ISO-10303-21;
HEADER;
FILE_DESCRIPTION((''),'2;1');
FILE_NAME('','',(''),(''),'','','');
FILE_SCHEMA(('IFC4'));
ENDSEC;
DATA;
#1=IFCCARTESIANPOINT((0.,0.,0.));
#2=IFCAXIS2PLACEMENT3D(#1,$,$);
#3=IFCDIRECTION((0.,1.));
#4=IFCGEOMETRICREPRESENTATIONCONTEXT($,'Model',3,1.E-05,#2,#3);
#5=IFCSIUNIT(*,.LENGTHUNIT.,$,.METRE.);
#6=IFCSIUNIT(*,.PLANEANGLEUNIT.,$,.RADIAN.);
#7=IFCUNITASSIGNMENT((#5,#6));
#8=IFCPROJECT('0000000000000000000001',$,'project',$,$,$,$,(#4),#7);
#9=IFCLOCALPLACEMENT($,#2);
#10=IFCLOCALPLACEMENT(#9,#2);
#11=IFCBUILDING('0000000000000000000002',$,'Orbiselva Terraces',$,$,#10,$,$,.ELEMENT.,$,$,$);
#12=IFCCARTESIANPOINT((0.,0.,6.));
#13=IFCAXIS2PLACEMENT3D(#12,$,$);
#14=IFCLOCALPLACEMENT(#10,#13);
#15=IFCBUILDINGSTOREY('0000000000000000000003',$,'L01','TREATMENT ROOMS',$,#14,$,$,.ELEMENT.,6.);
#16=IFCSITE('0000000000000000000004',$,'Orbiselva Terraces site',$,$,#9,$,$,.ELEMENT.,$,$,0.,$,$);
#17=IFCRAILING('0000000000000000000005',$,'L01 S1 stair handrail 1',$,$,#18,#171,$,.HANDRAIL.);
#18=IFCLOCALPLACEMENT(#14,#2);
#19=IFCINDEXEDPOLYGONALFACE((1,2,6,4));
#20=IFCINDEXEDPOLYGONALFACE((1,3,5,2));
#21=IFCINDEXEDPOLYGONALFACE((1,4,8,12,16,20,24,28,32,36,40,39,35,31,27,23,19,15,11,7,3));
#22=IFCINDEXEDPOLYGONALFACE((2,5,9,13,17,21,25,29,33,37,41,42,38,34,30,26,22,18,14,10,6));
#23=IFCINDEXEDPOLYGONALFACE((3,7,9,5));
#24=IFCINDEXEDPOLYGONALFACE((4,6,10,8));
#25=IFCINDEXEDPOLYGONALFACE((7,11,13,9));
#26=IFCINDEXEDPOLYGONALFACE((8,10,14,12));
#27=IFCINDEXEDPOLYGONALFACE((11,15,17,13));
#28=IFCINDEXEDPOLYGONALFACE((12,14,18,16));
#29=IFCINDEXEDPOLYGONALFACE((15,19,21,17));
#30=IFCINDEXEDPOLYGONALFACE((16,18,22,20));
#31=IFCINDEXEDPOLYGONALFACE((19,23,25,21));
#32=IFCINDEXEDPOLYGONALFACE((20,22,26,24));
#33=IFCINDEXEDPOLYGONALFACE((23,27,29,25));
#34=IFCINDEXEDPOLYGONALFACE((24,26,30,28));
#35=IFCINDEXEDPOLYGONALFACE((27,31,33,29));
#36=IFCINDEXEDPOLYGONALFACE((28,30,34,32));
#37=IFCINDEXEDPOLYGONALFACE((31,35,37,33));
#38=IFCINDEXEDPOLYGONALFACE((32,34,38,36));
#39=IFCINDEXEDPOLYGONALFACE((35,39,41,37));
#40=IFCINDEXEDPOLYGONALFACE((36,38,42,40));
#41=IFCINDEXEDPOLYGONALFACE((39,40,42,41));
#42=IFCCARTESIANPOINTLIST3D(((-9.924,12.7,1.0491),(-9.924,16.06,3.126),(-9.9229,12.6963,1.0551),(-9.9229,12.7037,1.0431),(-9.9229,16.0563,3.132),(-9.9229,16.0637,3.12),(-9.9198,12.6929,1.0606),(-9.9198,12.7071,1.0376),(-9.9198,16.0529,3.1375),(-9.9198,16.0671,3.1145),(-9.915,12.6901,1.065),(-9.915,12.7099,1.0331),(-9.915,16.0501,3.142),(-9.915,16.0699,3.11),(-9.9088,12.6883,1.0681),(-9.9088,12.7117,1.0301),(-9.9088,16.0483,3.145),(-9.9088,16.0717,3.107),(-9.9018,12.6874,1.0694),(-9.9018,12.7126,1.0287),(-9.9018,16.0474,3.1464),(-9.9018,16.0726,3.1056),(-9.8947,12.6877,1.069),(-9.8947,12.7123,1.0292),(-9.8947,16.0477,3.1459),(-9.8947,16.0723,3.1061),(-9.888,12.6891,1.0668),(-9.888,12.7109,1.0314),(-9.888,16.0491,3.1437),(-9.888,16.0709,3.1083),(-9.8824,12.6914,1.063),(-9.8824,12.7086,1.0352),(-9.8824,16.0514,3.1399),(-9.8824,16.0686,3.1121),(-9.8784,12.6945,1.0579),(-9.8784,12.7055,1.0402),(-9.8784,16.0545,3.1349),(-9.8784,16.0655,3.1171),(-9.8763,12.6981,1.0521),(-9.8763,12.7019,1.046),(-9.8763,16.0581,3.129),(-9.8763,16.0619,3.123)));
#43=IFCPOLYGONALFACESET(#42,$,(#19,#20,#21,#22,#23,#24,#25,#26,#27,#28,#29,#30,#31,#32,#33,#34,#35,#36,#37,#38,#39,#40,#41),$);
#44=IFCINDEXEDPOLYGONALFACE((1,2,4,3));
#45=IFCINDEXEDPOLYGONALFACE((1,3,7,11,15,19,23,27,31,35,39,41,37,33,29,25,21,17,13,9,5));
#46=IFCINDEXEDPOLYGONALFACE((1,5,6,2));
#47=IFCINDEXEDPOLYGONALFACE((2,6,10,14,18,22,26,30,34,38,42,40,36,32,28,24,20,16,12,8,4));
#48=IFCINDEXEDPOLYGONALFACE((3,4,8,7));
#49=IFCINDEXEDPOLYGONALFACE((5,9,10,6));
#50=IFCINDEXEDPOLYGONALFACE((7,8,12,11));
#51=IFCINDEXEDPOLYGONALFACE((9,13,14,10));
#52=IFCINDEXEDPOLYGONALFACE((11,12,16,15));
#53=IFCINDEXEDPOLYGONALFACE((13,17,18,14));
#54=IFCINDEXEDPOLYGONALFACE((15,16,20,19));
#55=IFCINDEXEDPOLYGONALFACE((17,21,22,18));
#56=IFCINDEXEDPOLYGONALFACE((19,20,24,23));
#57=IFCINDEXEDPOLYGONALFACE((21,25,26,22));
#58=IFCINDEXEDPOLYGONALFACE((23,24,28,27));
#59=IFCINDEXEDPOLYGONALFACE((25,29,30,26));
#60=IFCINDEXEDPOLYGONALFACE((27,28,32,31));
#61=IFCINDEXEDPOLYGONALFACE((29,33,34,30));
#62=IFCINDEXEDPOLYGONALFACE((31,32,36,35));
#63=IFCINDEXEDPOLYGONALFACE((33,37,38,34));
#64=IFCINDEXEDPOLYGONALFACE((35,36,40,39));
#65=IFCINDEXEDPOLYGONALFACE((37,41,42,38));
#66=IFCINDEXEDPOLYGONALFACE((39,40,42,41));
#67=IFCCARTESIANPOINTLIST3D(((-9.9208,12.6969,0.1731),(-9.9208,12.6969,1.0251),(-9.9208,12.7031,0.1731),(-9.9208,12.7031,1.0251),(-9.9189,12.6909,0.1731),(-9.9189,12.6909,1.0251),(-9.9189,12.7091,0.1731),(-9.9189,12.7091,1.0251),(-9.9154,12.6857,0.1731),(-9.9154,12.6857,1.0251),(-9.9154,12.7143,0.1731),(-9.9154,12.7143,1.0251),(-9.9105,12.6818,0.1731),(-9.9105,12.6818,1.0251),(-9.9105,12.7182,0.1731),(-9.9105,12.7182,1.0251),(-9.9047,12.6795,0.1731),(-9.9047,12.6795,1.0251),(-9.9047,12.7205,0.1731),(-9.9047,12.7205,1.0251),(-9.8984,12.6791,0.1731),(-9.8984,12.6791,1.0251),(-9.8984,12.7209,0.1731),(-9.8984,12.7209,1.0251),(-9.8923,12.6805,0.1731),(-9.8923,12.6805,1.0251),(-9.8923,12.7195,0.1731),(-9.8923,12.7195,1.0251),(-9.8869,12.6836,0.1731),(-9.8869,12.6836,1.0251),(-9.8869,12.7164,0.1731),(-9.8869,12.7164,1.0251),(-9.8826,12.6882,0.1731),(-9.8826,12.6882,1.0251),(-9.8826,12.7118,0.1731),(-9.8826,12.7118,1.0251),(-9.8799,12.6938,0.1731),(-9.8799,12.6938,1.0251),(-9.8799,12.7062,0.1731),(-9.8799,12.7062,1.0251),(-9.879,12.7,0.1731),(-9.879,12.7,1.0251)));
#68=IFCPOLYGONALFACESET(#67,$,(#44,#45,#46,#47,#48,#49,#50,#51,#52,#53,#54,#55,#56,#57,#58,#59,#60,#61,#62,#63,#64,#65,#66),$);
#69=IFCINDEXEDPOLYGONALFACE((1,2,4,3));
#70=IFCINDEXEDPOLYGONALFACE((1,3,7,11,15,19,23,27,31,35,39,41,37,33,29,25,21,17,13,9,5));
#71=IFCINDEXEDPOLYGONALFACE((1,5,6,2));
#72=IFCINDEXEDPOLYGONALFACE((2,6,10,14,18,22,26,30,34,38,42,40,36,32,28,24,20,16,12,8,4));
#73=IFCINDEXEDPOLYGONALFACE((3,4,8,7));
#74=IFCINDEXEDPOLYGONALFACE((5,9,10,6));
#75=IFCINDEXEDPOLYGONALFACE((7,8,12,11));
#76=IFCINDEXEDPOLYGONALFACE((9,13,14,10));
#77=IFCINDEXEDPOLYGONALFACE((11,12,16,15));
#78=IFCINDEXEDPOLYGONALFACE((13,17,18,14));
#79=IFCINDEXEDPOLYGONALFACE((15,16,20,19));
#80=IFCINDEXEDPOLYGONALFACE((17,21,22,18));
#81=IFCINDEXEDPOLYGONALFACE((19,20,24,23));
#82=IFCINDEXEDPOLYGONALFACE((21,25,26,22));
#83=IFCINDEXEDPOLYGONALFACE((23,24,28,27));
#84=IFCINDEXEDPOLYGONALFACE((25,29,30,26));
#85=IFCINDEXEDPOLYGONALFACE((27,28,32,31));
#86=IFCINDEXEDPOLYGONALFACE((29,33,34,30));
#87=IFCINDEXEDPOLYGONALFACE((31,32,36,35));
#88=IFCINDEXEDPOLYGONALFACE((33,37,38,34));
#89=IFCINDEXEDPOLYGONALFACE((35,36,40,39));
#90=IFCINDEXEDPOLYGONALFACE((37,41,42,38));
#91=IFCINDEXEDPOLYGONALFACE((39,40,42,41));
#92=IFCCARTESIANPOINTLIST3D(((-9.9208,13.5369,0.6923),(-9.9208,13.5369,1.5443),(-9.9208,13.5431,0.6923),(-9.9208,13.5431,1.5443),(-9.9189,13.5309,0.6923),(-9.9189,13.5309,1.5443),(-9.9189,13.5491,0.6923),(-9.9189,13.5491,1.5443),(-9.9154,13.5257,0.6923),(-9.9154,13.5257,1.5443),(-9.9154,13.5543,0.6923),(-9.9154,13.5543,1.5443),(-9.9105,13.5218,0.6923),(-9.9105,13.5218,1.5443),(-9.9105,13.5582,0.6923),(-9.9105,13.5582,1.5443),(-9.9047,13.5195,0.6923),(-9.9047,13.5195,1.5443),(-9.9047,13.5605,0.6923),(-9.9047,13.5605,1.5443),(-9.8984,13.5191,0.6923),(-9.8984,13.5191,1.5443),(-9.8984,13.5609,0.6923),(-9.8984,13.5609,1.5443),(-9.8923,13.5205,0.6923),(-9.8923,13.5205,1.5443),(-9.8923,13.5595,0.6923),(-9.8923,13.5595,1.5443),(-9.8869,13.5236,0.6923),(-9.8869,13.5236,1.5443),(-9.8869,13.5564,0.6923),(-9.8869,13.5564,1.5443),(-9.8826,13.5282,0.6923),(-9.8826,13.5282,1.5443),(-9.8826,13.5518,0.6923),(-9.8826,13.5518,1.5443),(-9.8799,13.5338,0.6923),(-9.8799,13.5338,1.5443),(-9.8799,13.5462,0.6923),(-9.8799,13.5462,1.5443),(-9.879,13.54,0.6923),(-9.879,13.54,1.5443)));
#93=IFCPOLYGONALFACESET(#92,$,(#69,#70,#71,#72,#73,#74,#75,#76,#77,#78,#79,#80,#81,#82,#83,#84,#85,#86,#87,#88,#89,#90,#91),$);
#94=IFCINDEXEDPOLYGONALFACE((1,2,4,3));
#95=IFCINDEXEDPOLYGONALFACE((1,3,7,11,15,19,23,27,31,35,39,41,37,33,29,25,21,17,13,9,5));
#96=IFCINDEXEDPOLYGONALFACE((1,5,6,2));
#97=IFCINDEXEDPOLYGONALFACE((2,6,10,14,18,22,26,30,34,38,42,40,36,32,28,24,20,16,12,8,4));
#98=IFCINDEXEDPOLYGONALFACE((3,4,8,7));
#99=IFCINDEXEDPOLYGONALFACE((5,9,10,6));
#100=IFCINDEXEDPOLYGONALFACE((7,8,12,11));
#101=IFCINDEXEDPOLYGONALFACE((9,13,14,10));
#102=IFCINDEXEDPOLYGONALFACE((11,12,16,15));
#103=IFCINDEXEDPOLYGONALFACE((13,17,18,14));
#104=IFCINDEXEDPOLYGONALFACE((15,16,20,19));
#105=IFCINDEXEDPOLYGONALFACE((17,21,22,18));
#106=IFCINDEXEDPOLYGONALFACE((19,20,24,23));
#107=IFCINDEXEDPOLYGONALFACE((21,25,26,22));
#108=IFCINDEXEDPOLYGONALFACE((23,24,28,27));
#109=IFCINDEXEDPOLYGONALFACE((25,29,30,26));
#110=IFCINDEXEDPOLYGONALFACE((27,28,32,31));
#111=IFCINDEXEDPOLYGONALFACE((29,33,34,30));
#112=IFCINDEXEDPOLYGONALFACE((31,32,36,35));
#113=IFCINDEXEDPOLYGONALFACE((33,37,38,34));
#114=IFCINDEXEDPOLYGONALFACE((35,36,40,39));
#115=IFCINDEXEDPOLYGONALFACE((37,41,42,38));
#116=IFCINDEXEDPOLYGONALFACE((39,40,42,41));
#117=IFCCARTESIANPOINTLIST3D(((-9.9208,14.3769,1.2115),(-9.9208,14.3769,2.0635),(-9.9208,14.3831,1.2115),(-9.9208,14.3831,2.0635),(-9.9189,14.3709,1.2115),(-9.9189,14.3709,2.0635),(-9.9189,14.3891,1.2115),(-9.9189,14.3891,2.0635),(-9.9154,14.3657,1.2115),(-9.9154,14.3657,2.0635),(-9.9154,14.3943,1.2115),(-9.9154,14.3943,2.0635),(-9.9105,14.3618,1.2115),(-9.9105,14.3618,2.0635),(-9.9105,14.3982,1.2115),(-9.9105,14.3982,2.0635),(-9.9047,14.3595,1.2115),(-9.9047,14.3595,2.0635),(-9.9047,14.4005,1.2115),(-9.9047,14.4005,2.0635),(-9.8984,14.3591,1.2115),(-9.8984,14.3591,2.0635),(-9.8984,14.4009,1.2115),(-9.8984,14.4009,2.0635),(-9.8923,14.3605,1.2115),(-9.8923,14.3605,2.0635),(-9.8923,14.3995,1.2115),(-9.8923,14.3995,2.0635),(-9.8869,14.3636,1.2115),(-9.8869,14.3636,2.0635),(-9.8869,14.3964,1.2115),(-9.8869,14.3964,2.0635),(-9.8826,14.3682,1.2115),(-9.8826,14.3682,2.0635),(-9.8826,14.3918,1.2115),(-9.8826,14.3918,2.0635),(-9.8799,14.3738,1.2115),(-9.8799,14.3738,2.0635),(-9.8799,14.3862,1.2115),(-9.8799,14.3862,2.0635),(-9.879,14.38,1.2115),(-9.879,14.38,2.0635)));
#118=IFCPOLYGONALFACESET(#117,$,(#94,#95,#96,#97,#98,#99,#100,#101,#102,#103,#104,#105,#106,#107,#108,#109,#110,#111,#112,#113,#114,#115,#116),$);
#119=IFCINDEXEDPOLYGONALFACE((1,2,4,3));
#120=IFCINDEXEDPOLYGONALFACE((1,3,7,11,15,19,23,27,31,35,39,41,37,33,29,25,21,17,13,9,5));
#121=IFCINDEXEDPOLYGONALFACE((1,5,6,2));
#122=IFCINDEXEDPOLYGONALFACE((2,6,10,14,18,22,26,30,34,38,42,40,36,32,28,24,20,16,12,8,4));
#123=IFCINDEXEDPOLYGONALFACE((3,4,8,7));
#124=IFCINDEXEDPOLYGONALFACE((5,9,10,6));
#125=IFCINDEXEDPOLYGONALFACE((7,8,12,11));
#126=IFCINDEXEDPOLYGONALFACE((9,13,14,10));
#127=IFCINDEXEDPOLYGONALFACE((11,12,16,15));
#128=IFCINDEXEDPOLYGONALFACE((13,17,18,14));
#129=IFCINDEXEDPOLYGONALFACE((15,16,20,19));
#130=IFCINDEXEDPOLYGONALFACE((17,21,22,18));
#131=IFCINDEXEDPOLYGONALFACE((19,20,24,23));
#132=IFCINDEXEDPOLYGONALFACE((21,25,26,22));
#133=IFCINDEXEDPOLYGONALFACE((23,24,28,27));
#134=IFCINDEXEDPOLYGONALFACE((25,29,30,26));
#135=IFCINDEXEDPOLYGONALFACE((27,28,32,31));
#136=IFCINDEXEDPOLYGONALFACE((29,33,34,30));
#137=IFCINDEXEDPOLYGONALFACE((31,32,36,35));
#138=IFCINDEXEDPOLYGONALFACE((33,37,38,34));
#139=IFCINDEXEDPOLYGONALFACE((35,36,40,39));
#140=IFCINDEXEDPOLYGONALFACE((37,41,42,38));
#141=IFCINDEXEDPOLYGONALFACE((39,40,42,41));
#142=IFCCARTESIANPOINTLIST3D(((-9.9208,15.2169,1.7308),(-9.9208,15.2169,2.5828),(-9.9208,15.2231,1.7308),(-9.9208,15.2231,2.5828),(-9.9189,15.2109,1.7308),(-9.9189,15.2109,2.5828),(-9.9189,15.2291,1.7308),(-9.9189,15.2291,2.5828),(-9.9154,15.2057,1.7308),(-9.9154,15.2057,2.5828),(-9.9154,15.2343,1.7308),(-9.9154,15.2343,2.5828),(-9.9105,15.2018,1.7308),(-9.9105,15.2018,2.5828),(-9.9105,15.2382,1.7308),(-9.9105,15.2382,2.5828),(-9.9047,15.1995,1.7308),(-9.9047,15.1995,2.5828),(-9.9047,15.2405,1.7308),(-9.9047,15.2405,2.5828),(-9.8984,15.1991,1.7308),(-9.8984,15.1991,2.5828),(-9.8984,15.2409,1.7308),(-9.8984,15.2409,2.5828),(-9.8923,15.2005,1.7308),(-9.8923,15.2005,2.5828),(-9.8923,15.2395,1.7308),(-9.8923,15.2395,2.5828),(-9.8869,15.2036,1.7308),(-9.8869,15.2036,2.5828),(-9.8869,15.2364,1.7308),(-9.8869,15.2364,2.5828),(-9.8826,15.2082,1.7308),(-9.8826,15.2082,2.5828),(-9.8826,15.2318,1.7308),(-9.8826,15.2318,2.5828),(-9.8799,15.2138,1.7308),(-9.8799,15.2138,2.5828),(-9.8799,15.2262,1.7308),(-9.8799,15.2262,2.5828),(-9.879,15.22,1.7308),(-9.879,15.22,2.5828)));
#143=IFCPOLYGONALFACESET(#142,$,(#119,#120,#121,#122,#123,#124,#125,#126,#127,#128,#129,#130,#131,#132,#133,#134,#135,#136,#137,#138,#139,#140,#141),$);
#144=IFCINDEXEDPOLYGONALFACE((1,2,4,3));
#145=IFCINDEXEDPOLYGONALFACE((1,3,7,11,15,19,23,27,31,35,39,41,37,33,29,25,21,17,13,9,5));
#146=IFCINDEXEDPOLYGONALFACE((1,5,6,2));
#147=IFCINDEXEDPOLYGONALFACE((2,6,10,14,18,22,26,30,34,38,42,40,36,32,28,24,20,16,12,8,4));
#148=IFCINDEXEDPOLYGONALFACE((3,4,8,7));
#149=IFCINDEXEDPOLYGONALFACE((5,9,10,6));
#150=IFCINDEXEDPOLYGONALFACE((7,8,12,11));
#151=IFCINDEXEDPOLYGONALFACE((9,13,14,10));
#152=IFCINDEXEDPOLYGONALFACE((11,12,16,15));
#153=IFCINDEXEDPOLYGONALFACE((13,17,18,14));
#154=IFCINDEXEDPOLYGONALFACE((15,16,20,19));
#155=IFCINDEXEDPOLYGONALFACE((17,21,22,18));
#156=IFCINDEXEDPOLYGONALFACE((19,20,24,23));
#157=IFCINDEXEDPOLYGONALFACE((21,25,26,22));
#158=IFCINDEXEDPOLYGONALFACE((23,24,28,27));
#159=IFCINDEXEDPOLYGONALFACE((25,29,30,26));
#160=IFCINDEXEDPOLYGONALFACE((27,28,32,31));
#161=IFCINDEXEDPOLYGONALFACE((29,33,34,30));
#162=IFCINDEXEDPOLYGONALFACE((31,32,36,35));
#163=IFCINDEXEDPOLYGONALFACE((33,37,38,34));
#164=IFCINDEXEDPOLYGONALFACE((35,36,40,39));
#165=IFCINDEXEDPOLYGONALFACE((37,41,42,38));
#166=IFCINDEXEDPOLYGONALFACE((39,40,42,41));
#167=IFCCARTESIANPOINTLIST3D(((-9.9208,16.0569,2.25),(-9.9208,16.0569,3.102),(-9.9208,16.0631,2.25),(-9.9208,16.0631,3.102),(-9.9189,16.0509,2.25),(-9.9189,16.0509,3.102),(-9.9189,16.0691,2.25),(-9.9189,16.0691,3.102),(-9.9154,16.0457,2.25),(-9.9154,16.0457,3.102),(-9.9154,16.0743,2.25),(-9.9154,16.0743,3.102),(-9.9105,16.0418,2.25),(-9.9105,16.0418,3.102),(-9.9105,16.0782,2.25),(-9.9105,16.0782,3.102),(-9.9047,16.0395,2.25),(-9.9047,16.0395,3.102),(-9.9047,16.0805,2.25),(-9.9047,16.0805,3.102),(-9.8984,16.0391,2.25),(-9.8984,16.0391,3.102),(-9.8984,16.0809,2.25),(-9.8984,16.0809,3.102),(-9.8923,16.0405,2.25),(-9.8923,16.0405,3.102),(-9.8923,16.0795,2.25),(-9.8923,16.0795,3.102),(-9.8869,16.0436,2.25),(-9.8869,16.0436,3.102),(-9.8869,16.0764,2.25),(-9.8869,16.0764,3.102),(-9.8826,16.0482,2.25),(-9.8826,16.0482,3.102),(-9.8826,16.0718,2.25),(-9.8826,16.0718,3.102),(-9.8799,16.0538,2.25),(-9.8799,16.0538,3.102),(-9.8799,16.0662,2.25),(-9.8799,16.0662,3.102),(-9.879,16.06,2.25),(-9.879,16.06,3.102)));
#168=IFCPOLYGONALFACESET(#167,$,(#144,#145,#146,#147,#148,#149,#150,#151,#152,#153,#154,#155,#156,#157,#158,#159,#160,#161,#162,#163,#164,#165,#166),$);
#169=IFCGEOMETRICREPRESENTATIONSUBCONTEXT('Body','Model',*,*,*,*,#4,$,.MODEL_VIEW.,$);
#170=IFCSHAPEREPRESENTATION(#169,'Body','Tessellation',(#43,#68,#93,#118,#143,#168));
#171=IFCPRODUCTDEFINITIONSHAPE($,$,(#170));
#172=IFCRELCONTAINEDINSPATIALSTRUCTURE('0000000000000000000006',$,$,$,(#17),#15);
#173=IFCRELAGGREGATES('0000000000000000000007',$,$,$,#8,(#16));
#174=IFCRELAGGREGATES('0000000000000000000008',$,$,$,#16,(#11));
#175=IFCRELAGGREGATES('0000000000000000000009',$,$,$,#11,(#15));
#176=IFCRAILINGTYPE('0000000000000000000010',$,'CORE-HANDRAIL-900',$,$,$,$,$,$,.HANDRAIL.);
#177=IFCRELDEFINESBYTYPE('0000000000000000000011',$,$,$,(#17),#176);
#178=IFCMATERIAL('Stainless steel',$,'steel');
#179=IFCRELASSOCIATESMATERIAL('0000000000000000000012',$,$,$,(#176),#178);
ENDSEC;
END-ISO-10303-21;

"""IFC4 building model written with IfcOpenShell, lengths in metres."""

from ifc_helpers import new_model, si_unit, direction, frame, origin, origin_2d, place, context, subcontext, project, spatial, circle, extrude, material, type_object, element, save


model = new_model("IFC4")

# Units and contexts
model_context = context("Model", 3, precision=1e-05, world=origin(), true_north=direction((0.0, 1.0)))
body_context = subcontext(model_context, "Body", "Model", "MODEL_VIEW")
ifc_project = project(units=[si_unit("LENGTHUNIT", "METRE"), si_unit("PLANEANGLEUNIT", "RADIAN")], contexts=[model_context])

# Site, building, storey
site_placement = place(None, origin())
site = spatial("IfcSite", under=ifc_project, at=site_placement, Name="Orbiselva Terraces site", CompositionType="ELEMENT", RefElevation=0.0)
building_placement = place(site_placement, origin())
building = spatial("IfcBuilding", under=site, at=building_placement, Name="Orbiselva Terraces", CompositionType="ELEMENT")
storey_placement = place(building_placement, frame((0.0, 0.0, 6.0)))
storey = spatial("IfcBuildingStorey", under=building, at=storey_placement, Name="L01", Description="TREATMENT ROOMS", CompositionType="ELEMENT", Elevation=6.0)

# Railing
ifc_material_1 = material(Name="Stainless steel", Category="steel")
railing_type_1 = type_object("IfcRailingType", Name="CORE-HANDRAIL-900", PredefinedType="HANDRAIL", material=ifc_material_1)
railing_1_placement = place(storey_placement, frame((-9.9, 12.7, 0.1731)))
element("IfcRailing", 1, at=railing_1_placement, inside=storey, type_object=railing_type_1, Name="L01 S1 stair handrail 1", PredefinedType="HANDRAIL", context=body_context, shape_type="SweptSolid", body=[
    extrude(circle(Radius=0.024, at=origin_2d()), frame((0.0, 0.0, 0.876), z_axis=(0.0, 0.850614, 0.525791), x_axis=(-1.0, 0.0, 0.0)), (0.0, 0.0, 1.0), 3.9501),
    extrude(circle(Radius=0.021, at=origin_2d()), origin(), (0.0, 0.0, 1.0), 0.852),
    extrude(circle(Radius=0.021, at=origin_2d()), frame((0.0, 0.84, 0.5192)), (0.0, 0.0, 1.0), 0.852),
    extrude(circle(Radius=0.021, at=origin_2d()), frame((0.0, 1.68, 1.0385)), (0.0, 0.0, 1.0), 0.852),
    extrude(circle(Radius=0.021, at=origin_2d()), frame((0.0, 2.52, 1.5577)), (0.0, 0.0, 1.0), 0.852),
    extrude(circle(Radius=0.021, at=origin_2d()), frame((0.0, 3.36, 2.0769)), (0.0, 0.0, 1.0), 0.852),
])

save(model, "model.ifc")
